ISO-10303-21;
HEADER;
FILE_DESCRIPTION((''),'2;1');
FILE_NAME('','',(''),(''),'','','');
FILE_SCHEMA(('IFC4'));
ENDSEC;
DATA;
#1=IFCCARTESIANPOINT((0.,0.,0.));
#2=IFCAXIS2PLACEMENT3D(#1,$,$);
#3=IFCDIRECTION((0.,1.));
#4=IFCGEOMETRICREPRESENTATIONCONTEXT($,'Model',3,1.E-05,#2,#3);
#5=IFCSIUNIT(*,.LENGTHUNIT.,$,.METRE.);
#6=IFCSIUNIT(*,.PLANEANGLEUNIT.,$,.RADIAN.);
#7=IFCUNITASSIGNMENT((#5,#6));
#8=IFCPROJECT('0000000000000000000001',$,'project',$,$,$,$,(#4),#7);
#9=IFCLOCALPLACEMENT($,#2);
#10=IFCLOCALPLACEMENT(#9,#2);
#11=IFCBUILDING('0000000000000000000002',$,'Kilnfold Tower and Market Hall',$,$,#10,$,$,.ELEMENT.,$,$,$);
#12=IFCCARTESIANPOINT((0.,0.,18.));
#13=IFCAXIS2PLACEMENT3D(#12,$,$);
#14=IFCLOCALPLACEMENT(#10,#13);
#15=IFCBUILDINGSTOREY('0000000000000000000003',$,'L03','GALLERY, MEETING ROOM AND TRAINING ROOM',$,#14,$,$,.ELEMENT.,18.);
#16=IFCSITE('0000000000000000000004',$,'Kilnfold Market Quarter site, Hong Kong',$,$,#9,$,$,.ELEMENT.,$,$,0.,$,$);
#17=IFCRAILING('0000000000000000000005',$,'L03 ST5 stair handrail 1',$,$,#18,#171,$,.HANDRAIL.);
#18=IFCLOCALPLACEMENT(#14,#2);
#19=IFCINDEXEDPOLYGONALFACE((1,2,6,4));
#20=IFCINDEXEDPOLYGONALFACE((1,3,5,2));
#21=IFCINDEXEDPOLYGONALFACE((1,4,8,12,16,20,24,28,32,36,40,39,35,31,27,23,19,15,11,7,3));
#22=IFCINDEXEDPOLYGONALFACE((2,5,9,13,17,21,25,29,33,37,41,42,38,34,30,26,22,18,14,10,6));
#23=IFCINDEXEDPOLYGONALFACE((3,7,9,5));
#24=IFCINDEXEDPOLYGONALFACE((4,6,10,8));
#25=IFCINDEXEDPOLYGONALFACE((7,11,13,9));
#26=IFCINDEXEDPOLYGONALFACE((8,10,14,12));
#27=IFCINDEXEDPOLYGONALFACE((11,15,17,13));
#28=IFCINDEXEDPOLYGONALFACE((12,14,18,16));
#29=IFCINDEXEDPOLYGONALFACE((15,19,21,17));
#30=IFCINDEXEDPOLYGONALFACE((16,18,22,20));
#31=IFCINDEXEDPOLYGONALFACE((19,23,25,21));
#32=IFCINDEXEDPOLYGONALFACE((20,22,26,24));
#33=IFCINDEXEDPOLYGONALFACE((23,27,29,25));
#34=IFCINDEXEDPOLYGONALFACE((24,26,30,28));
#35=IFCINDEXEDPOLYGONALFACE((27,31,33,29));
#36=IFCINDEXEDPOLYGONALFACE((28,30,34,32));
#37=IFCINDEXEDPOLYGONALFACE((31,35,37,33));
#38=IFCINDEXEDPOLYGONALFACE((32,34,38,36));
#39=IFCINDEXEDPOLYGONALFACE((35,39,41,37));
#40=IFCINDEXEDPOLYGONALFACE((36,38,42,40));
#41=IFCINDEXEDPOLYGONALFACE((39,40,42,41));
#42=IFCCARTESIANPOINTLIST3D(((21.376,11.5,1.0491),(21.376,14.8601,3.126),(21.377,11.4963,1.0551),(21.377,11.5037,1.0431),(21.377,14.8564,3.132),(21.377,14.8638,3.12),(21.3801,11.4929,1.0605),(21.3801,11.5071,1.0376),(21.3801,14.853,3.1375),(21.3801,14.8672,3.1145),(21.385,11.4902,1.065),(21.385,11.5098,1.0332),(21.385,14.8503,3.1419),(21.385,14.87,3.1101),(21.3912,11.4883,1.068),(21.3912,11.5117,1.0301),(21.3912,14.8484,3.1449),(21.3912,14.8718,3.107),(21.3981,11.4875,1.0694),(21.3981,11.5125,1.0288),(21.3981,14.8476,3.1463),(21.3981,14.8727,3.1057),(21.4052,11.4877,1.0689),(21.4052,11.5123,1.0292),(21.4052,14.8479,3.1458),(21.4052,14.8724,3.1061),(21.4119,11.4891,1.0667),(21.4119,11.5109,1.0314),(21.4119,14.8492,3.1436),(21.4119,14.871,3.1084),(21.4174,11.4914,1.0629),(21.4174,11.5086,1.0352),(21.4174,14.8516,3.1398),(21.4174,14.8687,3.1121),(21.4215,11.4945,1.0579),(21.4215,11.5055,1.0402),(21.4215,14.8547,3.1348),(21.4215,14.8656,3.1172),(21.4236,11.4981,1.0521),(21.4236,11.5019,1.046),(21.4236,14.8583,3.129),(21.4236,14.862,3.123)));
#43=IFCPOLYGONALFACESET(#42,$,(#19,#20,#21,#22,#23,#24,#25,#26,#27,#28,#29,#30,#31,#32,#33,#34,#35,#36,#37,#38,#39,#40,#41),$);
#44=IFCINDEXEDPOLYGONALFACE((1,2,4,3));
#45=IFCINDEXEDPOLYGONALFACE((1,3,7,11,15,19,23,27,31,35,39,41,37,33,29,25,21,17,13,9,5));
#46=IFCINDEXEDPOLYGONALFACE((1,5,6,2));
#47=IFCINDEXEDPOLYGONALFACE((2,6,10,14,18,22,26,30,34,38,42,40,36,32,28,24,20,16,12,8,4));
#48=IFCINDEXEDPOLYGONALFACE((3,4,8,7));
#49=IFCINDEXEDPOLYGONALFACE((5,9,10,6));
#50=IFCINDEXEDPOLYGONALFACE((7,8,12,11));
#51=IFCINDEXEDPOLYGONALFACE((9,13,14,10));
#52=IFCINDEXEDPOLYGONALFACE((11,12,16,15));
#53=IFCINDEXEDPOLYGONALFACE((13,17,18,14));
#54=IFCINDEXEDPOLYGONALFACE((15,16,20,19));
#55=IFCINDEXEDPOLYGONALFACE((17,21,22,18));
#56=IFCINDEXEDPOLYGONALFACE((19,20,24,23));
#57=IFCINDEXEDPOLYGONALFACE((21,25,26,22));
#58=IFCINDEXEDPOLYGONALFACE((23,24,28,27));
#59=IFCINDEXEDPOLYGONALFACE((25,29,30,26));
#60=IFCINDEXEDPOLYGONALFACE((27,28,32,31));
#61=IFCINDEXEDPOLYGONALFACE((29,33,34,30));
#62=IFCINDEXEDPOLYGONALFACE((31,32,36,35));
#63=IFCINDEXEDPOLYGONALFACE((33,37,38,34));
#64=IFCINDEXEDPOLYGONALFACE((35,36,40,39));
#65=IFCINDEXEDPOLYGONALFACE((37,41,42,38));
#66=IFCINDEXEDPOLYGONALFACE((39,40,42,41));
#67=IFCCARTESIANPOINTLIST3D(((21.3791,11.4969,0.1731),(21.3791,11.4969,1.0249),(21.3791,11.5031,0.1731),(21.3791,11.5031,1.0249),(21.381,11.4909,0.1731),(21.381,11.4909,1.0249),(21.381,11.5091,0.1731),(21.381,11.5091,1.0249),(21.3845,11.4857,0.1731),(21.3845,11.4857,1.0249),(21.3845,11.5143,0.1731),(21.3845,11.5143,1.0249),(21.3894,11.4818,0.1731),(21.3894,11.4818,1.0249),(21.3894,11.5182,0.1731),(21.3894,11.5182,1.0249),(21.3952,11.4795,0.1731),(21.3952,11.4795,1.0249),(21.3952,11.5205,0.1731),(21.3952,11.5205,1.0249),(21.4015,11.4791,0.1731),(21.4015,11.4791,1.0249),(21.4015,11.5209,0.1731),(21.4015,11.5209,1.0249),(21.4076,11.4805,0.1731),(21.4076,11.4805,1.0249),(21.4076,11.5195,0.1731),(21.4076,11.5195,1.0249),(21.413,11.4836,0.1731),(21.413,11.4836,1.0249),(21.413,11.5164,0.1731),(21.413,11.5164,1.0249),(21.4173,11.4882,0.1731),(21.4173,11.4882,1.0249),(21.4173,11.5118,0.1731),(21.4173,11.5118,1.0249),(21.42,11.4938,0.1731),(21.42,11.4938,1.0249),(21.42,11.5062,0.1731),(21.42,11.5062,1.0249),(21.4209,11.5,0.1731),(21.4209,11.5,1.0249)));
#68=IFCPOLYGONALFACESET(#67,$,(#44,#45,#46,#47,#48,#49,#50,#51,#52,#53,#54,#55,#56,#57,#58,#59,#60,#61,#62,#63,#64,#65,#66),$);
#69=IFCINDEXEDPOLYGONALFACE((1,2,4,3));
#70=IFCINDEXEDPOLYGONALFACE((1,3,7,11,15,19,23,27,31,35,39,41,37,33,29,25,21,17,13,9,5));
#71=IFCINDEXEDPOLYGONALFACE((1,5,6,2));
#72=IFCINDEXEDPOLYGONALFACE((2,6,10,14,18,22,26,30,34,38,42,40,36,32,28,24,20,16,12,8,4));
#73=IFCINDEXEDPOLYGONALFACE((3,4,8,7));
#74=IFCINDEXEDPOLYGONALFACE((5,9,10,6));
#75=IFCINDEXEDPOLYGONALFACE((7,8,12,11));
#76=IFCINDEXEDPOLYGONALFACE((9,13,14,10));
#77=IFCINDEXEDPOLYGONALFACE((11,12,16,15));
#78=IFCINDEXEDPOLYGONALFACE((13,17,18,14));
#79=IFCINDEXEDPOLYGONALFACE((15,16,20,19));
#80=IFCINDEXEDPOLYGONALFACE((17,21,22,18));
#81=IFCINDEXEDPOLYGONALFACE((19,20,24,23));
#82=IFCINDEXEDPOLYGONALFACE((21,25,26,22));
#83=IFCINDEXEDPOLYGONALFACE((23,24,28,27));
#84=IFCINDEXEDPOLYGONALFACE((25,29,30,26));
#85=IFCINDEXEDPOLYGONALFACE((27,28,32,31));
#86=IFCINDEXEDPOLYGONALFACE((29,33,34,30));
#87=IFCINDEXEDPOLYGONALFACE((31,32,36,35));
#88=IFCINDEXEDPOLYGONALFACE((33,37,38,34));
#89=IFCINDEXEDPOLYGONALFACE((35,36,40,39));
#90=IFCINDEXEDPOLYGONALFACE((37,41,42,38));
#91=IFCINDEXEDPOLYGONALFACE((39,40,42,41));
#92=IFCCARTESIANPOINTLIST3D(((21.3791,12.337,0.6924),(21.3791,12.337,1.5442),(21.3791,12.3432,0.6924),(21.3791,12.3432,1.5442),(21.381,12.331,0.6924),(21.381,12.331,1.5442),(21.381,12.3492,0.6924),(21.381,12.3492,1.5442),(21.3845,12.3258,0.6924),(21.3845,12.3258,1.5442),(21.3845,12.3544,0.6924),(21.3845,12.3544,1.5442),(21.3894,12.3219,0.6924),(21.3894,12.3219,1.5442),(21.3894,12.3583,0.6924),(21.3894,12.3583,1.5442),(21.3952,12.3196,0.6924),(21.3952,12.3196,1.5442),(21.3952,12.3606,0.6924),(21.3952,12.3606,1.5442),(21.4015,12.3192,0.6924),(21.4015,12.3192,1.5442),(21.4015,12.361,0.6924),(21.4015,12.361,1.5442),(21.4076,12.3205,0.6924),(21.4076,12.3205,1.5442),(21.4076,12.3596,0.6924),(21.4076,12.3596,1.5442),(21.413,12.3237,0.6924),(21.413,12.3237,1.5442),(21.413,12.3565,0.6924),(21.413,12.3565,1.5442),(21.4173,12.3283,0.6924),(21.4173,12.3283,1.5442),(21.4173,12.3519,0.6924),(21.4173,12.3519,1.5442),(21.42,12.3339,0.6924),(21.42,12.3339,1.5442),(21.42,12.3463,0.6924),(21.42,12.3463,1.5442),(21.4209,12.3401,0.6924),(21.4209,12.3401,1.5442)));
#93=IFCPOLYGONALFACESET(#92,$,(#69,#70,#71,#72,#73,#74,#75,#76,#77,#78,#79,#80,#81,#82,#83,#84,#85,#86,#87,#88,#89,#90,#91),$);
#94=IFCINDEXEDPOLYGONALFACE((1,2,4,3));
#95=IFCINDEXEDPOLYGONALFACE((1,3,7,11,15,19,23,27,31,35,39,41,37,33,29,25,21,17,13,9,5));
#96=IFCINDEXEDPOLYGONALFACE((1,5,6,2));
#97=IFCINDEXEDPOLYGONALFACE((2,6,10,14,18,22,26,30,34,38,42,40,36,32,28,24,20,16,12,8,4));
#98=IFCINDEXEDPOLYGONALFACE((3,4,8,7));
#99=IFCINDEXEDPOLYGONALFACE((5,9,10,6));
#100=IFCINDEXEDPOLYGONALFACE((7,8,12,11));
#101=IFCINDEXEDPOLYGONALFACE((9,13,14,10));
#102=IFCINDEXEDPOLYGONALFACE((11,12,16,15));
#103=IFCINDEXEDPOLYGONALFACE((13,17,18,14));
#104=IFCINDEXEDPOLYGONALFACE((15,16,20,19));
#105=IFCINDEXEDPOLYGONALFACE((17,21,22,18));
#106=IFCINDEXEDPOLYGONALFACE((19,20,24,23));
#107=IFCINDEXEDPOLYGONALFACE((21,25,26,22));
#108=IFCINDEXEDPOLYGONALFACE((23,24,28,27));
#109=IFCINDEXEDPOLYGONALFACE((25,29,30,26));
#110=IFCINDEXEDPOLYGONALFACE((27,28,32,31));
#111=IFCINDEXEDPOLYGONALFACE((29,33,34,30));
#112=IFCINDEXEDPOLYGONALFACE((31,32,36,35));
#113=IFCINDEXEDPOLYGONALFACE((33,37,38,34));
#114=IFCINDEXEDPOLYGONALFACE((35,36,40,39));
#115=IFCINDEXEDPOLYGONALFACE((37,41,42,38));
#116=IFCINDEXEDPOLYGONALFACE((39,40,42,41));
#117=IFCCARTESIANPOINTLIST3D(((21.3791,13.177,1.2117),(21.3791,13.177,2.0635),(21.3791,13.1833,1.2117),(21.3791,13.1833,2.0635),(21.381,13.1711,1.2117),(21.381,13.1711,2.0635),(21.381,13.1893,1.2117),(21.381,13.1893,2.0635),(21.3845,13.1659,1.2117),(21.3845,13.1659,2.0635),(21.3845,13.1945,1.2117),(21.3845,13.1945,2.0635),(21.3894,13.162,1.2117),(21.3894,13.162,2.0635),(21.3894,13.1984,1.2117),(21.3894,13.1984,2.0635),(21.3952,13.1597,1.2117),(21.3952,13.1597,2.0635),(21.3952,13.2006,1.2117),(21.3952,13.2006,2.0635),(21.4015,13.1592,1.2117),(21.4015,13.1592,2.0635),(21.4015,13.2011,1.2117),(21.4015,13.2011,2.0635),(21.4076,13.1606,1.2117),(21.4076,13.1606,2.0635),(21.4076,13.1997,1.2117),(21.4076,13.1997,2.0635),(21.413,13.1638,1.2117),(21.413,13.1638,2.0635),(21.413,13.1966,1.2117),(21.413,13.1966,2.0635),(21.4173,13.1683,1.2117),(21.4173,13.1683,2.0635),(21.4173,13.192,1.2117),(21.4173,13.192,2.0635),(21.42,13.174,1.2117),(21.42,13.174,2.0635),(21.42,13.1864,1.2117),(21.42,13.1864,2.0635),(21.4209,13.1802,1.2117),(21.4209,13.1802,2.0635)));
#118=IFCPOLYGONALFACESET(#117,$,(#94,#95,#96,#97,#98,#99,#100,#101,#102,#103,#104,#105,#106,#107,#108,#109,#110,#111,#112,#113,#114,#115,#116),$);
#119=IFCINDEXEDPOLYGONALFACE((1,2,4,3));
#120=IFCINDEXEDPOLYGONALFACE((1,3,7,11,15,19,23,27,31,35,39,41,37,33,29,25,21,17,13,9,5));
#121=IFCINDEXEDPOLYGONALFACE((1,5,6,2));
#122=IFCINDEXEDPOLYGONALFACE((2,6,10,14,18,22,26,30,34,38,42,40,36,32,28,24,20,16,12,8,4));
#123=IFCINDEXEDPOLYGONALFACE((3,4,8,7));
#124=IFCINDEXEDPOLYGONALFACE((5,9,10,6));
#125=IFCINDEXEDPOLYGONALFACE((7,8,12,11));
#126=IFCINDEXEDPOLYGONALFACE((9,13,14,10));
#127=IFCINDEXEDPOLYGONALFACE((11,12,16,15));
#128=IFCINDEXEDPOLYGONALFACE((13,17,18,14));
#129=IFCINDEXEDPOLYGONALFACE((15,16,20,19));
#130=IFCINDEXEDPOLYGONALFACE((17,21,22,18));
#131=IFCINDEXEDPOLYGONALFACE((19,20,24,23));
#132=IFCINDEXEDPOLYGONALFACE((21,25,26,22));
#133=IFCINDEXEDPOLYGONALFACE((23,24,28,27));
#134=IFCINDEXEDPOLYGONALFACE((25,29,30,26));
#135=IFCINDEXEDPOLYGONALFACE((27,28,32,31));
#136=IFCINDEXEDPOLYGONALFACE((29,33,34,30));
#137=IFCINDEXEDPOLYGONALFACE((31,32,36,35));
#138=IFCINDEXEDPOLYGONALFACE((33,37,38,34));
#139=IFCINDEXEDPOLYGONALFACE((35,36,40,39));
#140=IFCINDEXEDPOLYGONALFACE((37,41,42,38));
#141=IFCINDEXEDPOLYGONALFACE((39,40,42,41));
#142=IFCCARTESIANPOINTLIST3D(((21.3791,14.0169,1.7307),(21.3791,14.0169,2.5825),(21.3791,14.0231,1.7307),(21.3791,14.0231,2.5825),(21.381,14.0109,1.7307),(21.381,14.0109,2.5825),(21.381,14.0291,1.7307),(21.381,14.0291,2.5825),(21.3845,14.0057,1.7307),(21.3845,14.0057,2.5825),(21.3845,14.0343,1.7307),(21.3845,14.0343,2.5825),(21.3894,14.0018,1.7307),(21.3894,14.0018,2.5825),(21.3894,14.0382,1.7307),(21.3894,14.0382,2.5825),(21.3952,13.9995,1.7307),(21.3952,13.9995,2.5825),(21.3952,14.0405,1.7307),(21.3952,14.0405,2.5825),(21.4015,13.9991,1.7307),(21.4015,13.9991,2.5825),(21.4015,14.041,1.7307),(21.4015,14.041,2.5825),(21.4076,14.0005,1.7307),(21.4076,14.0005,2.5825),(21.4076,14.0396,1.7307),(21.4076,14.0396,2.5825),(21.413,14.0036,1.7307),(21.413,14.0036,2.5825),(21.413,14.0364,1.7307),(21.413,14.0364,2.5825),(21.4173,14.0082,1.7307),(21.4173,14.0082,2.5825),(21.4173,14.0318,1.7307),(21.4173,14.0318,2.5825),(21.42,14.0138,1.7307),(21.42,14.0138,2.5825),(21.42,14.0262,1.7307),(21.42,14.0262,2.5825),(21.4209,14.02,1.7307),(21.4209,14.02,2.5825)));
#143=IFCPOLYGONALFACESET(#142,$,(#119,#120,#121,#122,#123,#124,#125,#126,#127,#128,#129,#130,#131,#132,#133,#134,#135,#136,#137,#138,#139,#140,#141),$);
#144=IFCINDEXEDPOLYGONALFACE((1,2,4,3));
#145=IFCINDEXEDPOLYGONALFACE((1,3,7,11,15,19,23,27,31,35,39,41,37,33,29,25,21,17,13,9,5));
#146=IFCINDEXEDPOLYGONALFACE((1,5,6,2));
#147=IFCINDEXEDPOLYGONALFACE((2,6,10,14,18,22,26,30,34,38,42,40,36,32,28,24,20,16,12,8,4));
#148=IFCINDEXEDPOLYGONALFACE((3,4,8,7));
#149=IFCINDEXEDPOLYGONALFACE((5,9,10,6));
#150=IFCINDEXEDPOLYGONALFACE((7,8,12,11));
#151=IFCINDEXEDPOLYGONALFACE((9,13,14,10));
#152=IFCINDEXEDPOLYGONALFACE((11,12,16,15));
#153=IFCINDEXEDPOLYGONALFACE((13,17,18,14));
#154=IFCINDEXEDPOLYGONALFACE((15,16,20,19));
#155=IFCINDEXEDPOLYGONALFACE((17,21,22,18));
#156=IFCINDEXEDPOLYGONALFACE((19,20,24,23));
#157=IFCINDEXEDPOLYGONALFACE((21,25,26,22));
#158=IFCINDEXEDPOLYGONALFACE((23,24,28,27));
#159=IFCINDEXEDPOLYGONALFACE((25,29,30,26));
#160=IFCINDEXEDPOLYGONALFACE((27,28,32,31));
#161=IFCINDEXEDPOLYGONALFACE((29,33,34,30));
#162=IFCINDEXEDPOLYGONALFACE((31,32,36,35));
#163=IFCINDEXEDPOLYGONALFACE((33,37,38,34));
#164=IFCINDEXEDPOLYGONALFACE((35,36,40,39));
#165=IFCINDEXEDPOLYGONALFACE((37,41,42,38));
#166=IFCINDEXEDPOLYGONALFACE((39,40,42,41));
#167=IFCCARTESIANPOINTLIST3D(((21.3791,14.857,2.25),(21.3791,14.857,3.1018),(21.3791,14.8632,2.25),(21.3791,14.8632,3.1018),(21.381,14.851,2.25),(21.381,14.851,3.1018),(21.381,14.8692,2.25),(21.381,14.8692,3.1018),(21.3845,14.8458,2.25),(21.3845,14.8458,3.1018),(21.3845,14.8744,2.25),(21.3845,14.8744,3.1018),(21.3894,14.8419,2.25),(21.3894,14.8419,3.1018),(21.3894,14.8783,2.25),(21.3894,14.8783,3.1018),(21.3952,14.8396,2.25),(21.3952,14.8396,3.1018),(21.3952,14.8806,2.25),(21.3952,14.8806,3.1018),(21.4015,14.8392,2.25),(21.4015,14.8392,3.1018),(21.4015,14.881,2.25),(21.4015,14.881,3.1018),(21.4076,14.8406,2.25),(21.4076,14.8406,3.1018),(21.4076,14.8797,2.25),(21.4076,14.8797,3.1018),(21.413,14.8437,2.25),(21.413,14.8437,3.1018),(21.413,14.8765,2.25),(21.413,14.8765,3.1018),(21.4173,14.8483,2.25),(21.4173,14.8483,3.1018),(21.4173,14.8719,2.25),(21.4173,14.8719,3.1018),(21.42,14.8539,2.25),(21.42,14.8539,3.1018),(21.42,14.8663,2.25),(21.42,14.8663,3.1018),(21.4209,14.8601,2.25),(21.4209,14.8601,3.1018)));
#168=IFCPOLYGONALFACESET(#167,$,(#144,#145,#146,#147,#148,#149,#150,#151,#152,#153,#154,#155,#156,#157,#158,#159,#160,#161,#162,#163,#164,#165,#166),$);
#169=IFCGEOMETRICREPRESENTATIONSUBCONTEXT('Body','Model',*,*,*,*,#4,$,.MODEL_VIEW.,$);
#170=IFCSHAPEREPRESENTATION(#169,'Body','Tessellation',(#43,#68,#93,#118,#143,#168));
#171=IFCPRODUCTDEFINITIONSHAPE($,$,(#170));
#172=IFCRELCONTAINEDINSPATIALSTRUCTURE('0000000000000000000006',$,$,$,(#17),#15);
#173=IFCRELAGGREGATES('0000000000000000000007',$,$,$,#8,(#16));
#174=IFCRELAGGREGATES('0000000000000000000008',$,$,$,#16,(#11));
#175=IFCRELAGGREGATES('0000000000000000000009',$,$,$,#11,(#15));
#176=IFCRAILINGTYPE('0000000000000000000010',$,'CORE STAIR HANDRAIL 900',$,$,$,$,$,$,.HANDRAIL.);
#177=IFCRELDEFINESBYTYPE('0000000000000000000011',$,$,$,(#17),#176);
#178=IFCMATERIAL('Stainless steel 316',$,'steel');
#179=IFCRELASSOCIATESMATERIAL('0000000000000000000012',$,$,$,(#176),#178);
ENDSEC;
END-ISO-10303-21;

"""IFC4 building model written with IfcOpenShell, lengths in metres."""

from ifc_helpers import new_model, si_unit, direction, frame, origin, origin_2d, place, context, subcontext, project, spatial, circle, extrude, material, type_object, element, save


model = new_model("IFC4")

# Units and contexts
model_context = context("Model", 3, precision=1e-05, world=origin(), true_north=direction((0.0, 1.0)))
body_context = subcontext(model_context, "Body", "Model", "MODEL_VIEW")
ifc_project = project(units=[si_unit("LENGTHUNIT", "METRE"), si_unit("PLANEANGLEUNIT", "RADIAN")], contexts=[model_context])

# Site, building, storey
site_placement = place(None, origin())
site = spatial("IfcSite", under=ifc_project, at=site_placement, Name="Kilnfold Market Quarter site, Hong Kong", CompositionType="ELEMENT", RefElevation=0.0)
building_placement = place(site_placement, origin())
building = spatial("IfcBuilding", under=site, at=building_placement, Name="Kilnfold Tower and Market Hall", CompositionType="ELEMENT")
storey_placement = place(building_placement, frame((0.0, 0.0, 18.0)))
storey = spatial("IfcBuildingStorey", under=building, at=storey_placement, Name="L03", Description="GALLERY, MEETING ROOM AND TRAINING ROOM", CompositionType="ELEMENT", Elevation=18.0)

# Railing
ifc_material_1 = material(Name="Stainless steel 316", Category="steel")
railing_type_1 = type_object("IfcRailingType", Name="CORE STAIR HANDRAIL 900", PredefinedType="HANDRAIL", material=ifc_material_1)
railing_1_placement = place(storey_placement, frame((21.3999, 11.5, 0.1731)))
element("IfcRailing", 1, at=railing_1_placement, inside=storey, type_object=railing_type_1, Name="L03 ST5 stair handrail 1", PredefinedType="HANDRAIL", context=body_context, shape_type="SweptSolid", body=[
    extrude(circle(Radius=0.0239, at=origin_2d()), frame((0.0, 0.0, 0.876), z_axis=(0.0, 0.850623, 0.525776), x_axis=(-1.0, 0.0, 0.0)), (0.0, 0.0, 1.0), 3.9502),
    extrude(circle(Radius=0.021, at=origin_2d()), origin(), (0.0, 0.0, 1.0), 0.8518),
    extrude(circle(Radius=0.021, at=origin_2d()), frame((0.0, 0.8401, 0.5193)), (0.0, 0.0, 1.0), 0.8518),
    extrude(circle(Radius=0.021, at=origin_2d()), frame((0.0, 1.6802, 1.0386)), (0.0, 0.0, 1.0), 0.8518),
    extrude(circle(Radius=0.021, at=origin_2d()), frame((0.0, 2.52, 1.5576)), (0.0, 0.0, 1.0), 0.8518),
    extrude(circle(Radius=0.021, at=origin_2d()), frame((0.0, 3.3601, 2.0769)), (0.0, 0.0, 1.0), 0.8518),
])

save(model, "model.ifc")
